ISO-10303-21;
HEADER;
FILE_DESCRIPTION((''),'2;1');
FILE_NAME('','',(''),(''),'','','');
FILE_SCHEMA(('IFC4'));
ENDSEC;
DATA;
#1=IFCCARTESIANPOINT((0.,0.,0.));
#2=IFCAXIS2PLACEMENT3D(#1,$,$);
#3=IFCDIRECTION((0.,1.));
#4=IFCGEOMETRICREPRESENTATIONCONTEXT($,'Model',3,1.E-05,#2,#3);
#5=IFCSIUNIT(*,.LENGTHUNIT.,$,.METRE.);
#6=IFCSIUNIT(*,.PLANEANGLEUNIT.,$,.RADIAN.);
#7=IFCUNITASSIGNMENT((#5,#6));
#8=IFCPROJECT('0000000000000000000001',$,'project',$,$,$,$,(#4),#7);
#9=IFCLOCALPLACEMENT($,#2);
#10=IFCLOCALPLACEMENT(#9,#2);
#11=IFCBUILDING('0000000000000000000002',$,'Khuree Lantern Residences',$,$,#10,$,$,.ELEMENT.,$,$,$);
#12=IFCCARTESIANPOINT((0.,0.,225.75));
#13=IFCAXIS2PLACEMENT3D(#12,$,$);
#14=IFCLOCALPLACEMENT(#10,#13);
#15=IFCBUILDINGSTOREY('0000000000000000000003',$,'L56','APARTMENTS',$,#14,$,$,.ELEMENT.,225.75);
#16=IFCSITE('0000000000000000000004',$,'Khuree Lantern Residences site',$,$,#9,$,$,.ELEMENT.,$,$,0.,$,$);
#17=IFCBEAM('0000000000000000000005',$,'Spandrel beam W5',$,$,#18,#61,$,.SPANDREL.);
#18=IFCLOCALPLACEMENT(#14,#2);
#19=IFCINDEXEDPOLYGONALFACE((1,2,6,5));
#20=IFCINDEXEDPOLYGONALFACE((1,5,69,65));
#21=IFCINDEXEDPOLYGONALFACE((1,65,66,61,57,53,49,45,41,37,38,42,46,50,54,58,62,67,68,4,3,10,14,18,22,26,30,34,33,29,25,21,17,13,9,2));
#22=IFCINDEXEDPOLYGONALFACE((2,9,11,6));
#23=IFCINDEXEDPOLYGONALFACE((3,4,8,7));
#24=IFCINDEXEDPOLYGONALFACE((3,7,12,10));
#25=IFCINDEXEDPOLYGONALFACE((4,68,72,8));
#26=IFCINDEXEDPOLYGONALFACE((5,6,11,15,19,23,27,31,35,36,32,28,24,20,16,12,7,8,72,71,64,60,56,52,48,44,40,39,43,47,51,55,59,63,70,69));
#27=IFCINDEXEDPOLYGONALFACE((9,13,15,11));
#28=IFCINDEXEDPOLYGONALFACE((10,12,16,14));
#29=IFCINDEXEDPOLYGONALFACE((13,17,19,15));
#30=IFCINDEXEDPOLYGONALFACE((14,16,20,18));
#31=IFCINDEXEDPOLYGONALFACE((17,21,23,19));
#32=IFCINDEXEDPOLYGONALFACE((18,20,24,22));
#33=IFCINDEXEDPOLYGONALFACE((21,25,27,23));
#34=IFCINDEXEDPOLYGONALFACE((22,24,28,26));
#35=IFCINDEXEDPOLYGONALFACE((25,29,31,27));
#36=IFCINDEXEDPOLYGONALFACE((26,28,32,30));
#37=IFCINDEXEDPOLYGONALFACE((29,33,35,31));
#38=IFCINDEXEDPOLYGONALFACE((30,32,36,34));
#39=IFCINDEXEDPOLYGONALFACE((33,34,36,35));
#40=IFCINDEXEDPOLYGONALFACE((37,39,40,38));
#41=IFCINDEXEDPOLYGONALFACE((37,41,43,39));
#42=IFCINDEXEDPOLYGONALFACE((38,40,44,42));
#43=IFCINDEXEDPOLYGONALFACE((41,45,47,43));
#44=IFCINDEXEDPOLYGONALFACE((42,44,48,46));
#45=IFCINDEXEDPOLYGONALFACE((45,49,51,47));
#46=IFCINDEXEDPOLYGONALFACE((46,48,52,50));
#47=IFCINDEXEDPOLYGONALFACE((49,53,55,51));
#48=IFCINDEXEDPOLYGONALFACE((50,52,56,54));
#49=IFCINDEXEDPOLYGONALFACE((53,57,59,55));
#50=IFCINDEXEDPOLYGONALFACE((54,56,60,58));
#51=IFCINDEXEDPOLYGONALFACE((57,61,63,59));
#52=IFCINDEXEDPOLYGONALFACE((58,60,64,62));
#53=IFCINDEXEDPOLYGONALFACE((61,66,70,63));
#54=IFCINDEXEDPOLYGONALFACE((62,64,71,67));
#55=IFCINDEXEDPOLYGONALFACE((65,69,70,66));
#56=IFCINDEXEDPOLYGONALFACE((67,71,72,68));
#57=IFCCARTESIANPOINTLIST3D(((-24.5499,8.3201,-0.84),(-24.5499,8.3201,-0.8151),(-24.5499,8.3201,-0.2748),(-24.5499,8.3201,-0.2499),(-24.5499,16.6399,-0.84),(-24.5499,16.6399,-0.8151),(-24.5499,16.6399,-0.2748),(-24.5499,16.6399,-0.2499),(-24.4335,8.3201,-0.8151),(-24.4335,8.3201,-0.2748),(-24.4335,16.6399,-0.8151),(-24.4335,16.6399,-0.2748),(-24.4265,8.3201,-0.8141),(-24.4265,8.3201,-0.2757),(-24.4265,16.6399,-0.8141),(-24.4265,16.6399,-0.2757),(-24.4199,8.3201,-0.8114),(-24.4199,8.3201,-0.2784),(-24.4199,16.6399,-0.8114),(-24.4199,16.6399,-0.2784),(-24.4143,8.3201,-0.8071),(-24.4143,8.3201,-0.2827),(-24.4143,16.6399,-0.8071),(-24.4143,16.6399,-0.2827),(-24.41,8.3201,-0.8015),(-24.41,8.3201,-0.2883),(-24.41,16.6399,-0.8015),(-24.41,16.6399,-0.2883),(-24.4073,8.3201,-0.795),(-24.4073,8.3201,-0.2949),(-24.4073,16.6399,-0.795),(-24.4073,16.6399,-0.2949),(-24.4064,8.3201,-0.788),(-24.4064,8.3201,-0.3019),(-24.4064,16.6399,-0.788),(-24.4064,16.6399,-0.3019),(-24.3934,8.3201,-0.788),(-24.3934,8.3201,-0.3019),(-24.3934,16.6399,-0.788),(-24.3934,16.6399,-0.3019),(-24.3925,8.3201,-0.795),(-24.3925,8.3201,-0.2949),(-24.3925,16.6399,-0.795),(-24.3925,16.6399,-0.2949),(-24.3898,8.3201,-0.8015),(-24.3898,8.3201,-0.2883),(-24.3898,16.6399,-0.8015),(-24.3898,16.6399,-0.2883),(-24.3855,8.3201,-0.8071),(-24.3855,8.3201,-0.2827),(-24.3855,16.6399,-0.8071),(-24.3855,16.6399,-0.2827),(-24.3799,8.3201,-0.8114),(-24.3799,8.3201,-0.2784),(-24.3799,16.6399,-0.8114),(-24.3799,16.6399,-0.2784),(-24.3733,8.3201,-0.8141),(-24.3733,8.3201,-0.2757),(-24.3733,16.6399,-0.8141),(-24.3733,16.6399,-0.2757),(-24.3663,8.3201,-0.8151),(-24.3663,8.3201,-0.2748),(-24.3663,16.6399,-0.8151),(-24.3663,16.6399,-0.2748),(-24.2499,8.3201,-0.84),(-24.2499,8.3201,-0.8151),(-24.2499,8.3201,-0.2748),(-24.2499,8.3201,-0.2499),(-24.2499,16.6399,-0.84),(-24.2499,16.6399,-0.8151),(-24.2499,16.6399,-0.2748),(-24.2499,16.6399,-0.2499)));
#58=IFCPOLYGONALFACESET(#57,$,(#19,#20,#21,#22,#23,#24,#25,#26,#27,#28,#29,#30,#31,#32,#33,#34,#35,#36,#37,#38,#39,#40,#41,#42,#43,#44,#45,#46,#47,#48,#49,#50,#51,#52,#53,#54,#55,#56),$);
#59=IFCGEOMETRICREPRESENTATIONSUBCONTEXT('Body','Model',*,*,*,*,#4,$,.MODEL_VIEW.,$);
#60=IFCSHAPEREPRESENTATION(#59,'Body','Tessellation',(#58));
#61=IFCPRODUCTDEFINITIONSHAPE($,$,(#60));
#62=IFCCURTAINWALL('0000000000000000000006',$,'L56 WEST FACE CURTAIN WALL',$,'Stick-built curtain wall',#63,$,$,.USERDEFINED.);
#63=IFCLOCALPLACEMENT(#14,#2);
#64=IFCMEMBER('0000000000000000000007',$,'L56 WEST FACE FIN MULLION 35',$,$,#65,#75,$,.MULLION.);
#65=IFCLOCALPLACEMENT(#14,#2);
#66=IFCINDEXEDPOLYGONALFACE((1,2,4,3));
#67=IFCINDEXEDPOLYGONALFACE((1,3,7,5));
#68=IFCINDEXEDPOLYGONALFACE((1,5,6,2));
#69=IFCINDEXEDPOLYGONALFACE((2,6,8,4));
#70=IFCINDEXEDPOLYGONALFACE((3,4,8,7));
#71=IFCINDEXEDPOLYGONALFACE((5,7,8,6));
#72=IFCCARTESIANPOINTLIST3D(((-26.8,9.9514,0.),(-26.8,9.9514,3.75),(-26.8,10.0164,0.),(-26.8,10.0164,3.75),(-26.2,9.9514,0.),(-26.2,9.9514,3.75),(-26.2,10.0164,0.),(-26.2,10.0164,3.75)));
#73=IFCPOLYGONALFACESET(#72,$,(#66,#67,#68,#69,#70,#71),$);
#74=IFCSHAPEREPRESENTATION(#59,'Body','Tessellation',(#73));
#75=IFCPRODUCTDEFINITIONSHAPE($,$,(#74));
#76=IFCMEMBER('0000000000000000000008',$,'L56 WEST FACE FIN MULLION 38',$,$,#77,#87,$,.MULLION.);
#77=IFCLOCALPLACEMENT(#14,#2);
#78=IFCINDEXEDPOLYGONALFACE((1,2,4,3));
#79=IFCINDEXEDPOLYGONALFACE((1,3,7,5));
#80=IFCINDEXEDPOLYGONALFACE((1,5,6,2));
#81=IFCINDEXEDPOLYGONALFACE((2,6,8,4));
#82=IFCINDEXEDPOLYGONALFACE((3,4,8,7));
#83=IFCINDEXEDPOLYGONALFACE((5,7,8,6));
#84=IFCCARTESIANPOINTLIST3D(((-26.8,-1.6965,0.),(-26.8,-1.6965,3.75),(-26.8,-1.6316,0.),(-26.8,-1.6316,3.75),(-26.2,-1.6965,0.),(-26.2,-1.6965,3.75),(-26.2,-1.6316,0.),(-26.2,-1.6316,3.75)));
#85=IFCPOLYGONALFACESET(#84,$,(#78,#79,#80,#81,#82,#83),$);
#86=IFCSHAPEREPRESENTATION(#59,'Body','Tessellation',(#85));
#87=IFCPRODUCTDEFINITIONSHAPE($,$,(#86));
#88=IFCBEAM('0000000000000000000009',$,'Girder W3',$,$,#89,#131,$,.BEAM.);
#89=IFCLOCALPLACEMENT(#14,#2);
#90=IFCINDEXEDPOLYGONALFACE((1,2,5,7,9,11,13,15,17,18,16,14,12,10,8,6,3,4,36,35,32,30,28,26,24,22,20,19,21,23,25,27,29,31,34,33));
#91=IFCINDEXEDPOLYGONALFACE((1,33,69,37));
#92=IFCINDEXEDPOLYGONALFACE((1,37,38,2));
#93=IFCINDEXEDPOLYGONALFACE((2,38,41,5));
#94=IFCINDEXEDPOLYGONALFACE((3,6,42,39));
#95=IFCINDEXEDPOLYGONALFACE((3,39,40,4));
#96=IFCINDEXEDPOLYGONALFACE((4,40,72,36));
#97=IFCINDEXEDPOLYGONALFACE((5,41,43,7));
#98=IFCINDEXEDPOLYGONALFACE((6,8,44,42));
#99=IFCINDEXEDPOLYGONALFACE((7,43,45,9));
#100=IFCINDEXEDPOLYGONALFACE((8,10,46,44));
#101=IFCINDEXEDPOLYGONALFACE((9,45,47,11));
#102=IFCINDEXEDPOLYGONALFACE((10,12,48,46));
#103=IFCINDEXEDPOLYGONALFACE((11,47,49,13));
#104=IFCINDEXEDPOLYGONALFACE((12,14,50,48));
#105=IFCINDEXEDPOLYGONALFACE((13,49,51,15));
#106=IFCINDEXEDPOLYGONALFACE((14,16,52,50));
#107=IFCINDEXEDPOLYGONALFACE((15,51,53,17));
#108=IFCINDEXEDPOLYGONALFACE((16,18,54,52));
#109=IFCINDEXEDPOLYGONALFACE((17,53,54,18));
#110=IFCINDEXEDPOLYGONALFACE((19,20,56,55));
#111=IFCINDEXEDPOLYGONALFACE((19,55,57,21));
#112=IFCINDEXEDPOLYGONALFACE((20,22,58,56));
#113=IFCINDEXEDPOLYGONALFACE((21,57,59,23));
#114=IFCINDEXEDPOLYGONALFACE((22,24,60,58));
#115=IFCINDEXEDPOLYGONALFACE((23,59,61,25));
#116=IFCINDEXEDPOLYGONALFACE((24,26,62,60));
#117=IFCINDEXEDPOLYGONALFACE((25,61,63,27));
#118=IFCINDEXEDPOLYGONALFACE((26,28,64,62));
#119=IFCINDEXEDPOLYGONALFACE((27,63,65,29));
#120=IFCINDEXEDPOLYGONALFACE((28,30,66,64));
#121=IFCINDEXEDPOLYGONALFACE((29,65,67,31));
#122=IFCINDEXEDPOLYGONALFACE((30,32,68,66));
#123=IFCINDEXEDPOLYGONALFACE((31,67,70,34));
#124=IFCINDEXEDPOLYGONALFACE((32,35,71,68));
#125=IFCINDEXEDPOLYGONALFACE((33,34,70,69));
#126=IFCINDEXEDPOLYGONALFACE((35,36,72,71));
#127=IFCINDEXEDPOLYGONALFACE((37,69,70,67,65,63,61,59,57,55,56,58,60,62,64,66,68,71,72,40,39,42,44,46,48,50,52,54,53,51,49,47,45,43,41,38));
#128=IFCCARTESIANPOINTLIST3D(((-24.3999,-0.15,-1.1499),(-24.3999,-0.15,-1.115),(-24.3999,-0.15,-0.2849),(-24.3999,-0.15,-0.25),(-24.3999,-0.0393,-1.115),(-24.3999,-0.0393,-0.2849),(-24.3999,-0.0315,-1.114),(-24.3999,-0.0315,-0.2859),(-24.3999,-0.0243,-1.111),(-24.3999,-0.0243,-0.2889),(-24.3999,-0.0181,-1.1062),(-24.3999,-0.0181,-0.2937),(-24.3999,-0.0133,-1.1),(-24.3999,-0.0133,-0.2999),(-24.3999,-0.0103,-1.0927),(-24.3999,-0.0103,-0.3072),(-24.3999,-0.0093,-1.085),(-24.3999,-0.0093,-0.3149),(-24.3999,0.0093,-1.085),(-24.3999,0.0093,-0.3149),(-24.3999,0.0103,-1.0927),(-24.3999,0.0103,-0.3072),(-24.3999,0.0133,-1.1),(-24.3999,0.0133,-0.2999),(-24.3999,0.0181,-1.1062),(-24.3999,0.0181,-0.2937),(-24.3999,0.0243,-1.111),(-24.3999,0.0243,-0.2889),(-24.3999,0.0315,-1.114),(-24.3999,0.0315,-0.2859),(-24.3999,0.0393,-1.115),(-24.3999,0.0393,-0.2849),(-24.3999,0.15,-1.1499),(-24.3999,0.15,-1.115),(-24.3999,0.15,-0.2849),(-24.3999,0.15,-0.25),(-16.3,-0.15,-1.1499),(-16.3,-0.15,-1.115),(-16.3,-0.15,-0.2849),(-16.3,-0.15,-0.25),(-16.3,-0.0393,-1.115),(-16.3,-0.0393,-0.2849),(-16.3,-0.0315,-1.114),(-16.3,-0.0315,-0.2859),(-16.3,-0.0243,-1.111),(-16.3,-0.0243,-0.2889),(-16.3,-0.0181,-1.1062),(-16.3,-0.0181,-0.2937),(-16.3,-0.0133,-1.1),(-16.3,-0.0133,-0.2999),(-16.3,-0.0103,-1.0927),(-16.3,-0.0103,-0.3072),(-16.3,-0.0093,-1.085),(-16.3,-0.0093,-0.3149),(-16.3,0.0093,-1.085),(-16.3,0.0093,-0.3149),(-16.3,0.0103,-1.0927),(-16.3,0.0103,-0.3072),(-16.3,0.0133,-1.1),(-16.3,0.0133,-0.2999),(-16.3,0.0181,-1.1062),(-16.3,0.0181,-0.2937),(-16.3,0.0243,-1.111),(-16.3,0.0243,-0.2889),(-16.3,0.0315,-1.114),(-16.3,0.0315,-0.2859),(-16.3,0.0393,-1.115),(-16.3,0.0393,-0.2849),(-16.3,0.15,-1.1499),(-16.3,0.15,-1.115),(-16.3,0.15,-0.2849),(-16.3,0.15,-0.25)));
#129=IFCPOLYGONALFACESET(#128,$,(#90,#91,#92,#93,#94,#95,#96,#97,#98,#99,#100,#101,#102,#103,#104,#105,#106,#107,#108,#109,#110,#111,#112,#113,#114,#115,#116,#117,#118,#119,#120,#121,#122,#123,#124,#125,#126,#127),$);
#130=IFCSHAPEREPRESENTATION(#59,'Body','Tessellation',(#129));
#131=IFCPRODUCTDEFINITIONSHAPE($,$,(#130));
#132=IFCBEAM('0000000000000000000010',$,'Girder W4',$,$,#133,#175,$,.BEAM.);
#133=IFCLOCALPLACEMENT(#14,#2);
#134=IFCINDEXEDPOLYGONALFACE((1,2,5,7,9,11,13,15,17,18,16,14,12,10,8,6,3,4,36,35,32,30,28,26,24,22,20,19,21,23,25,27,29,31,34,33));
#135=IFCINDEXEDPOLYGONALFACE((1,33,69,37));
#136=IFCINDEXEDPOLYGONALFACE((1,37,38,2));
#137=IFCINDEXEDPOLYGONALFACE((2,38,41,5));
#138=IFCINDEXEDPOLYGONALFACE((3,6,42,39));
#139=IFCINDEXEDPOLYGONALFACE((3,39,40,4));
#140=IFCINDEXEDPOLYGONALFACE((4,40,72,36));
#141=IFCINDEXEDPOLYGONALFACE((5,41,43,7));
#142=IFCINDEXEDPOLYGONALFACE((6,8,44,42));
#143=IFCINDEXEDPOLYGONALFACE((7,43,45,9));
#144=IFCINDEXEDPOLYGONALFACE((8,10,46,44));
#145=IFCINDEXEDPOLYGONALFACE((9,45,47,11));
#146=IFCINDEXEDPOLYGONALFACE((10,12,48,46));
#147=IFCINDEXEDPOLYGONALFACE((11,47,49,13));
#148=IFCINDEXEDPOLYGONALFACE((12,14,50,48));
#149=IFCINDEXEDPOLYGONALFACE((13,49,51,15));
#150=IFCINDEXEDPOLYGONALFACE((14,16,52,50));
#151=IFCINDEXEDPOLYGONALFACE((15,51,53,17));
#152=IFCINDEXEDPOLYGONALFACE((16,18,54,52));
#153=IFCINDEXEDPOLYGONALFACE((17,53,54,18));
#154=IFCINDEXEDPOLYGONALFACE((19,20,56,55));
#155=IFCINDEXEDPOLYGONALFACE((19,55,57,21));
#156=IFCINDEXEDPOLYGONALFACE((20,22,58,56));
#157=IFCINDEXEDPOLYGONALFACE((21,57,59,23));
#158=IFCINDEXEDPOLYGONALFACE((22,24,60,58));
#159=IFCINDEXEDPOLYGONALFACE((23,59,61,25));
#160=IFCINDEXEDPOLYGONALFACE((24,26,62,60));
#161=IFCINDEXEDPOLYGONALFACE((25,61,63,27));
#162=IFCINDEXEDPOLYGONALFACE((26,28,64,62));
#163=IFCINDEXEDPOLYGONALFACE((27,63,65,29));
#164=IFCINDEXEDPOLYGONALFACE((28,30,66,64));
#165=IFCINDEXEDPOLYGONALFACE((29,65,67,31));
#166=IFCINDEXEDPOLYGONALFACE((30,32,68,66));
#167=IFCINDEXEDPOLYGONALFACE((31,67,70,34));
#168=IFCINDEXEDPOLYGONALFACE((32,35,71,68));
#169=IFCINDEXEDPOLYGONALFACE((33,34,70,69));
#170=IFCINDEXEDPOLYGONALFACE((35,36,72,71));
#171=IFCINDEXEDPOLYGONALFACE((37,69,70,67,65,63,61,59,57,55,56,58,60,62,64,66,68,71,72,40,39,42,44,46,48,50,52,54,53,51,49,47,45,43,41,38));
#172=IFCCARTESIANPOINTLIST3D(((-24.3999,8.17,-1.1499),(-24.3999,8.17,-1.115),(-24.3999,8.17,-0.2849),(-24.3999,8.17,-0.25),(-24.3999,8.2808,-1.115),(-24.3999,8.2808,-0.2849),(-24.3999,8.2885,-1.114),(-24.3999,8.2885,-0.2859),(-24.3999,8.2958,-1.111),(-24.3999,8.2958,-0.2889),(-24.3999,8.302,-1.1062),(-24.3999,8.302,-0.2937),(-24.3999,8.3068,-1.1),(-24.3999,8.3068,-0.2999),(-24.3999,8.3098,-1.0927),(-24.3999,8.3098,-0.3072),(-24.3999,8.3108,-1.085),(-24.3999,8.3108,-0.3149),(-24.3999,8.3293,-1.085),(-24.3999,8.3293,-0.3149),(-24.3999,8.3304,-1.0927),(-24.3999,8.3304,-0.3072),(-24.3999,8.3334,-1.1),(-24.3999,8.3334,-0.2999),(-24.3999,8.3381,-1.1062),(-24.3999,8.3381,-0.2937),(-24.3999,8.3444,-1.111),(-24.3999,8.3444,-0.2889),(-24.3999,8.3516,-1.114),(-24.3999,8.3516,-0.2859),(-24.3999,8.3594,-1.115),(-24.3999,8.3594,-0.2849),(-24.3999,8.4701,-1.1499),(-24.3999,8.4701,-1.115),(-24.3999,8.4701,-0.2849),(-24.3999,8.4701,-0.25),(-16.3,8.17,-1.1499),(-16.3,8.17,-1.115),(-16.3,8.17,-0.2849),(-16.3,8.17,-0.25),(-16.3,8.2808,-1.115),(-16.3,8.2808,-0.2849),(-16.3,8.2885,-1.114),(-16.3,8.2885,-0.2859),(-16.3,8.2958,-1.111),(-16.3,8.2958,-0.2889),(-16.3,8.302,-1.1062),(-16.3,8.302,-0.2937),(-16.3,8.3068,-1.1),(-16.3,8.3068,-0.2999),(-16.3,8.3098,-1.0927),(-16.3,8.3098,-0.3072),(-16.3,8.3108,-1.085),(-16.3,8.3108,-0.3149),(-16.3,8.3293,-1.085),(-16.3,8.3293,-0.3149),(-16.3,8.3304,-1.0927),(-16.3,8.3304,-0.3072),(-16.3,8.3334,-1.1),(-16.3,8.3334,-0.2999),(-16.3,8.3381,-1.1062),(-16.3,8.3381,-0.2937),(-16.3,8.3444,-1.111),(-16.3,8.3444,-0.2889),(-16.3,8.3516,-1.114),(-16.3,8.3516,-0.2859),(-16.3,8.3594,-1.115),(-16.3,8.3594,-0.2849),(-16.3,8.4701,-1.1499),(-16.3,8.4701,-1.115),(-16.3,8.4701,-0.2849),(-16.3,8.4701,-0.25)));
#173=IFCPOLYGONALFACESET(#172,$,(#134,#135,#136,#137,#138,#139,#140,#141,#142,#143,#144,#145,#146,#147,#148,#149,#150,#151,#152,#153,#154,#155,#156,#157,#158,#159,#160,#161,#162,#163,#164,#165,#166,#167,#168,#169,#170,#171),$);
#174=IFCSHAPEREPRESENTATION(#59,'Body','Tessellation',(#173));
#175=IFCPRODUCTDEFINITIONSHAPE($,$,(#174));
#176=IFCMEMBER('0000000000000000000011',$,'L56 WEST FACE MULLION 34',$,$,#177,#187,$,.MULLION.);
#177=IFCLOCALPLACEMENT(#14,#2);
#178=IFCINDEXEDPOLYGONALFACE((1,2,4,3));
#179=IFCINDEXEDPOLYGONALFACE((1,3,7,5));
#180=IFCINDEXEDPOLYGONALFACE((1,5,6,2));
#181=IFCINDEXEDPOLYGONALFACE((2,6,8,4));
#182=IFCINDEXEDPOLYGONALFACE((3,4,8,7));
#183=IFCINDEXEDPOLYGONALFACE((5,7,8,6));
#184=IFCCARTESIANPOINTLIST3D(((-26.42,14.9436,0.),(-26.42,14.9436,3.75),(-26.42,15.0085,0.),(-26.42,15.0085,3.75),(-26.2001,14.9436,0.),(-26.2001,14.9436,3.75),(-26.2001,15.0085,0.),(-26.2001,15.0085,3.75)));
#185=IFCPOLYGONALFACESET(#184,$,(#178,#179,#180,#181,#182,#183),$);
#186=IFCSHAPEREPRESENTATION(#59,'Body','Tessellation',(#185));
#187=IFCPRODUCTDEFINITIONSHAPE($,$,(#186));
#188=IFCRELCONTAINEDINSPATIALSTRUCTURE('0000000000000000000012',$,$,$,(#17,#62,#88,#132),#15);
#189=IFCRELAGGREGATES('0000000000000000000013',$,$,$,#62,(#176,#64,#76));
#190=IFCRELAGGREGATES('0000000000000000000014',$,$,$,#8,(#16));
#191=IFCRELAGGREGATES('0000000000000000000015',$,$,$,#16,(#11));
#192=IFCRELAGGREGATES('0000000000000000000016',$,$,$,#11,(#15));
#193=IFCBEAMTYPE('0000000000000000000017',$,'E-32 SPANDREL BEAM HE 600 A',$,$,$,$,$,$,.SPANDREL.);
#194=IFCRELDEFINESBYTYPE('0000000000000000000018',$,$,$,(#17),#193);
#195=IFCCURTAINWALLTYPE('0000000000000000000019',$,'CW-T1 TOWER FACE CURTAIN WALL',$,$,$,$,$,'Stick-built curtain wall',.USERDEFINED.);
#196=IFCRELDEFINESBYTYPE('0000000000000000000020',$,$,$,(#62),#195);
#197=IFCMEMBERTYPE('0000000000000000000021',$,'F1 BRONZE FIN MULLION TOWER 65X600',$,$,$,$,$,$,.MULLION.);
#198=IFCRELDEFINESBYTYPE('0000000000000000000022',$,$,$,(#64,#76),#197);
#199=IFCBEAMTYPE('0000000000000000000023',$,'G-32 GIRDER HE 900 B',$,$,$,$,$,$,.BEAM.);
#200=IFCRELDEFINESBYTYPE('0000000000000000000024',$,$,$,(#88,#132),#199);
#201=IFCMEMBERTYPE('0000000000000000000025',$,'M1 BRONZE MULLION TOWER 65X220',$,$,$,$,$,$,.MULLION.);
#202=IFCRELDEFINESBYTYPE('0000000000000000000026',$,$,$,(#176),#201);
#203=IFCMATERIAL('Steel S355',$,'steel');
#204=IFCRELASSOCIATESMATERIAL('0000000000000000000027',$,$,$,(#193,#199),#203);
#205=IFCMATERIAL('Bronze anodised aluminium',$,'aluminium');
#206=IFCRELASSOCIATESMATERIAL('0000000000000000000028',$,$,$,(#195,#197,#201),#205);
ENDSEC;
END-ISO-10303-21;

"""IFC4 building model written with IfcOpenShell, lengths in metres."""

from ifc_helpers import new_model, si_unit, direction, frame, origin, origin_2d, place, context, subcontext, project, spatial, rectangle, i_section, extrude, material, material_profile, profile_set, type_object, element, aggregate, save


model = new_model("IFC4")

# Units and contexts
model_context = context("Model", 3, precision=1e-05, world=origin(), true_north=direction((0.0, 1.0)))
body_context = subcontext(model_context, "Body", "Model", "MODEL_VIEW")
ifc_project = project(units=[si_unit("LENGTHUNIT", "METRE"), si_unit("PLANEANGLEUNIT", "RADIAN")], contexts=[model_context])

# Site, building, storey
site_placement = place(None, origin())
site = spatial("IfcSite", under=ifc_project, at=site_placement, Name="Khuree Lantern Residences site", CompositionType="ELEMENT", RefElevation=0.0)
building_placement = place(site_placement, origin())
building = spatial("IfcBuilding", under=site, at=building_placement, Name="Khuree Lantern Residences", CompositionType="ELEMENT")
storey_placement = place(building_placement, frame((0.0, 0.0, 225.75)))
storey = spatial("IfcBuildingStorey", under=building, at=storey_placement, Name="L56", Description="APARTMENTS", CompositionType="ELEMENT", Elevation=225.75)

# Beam
ifc_material_1 = material(Name="Steel S355", Category="steel")
ifc_material_profile_1 = material_profile(ifc_material_1, i_section(OverallWidth=0.3, OverallDepth=0.5901, WebThickness=0.0129, FlangeThickness=0.0249, FilletRadius=0.0271, at=origin_2d()), Name="HE 600 A")
ifc_profile_set_1 = profile_set([ifc_material_profile_1], Name="Steel S355")
beam_type_1 = type_object("IfcBeamType", Name="E-32 SPANDREL BEAM HE 600 A", PredefinedType="SPANDREL", material=ifc_profile_set_1)
beam_1_placement = place(storey_placement, frame((-24.3999, 8.3201, -0.5449), z_axis=(0.0, 1.0, 0.0), x_axis=(-1.0, 0.0, 0.0)))
element("IfcBeam", 1, at=beam_1_placement, inside=storey, type_object=beam_type_1, Name="Spandrel beam W5", PredefinedType="SPANDREL", context=body_context, shape_type="SweptSolid", body=[
    extrude(i_section(OverallWidth=0.3, OverallDepth=0.5901, WebThickness=0.0129, FlangeThickness=0.0249, FilletRadius=0.0271, at=origin_2d()), origin(), (0.0, 0.0, 1.0), 8.3198),
])

# Curtain wall, members
ifc_material_2 = material(Name="Bronze anodised aluminium", Category="aluminium")
curtain_wall_type = type_object("IfcCurtainWallType", Name="CW-T1 TOWER FACE CURTAIN WALL", ElementType="Stick-built curtain wall", PredefinedType="USERDEFINED", material=ifc_material_2)
curtain_wall_placement = place(storey_placement, origin())
curtain_wall = element("IfcCurtainWall", 2, at=curtain_wall_placement, inside=storey, type_object=curtain_wall_type, Name="L56 WEST FACE CURTAIN WALL", ObjectType="Stick-built curtain wall", PredefinedType="USERDEFINED")
ifc_material_profile_2 = material_profile(ifc_material_2, rectangle(XDim=0.0649, YDim=0.6001, at=origin_2d()), Name="F1 65X600")
ifc_profile_set_2 = profile_set([ifc_material_profile_2], Name="Bronze anodised aluminium")
member_type_1 = type_object("IfcMemberType", Name="F1 BRONZE FIN MULLION TOWER 65X600", PredefinedType="MULLION", material=ifc_profile_set_2)
member_1_placement = place(storey_placement, frame((-26.5, 9.9839, 0.0), z_axis=(0.0, 0.0, 1.0), x_axis=(0.0, -1.0, 0.0)))
member_1 = element("IfcMember", 3, at=member_1_placement, type_object=member_type_1, Name="L56 WEST FACE FIN MULLION 35", PredefinedType="MULLION", context=body_context, shape_type="SweptSolid", body=[
    extrude(rectangle(XDim=0.0649, YDim=0.6001, at=origin_2d()), origin(), (0.0, 0.0, 1.0), 3.75),
])
member_2_placement = place(storey_placement, frame((-26.5, -1.6641, 0.0), z_axis=(0.0, 0.0, 1.0), x_axis=(0.0, -1.0, 0.0)))
member_2 = element("IfcMember", 4, at=member_2_placement, type_object=member_type_1, Name="L56 WEST FACE FIN MULLION 38", PredefinedType="MULLION", context=body_context, shape_type="SweptSolid", body=[
    extrude(rectangle(XDim=0.0649, YDim=0.6001, at=origin_2d()), origin(), (0.0, 0.0, 1.0), 3.75),
])

# Beams
ifc_material_profile_3 = material_profile(ifc_material_1, i_section(OverallWidth=0.3, OverallDepth=0.8999, WebThickness=0.0186, FlangeThickness=0.0349, FilletRadius=0.03, at=origin_2d()), Name="HE 900 B")
ifc_profile_set_3 = profile_set([ifc_material_profile_3], Name="Steel S355")
beam_type_2 = type_object("IfcBeamType", Name="G-32 GIRDER HE 900 B", PredefinedType="BEAM", material=ifc_profile_set_3)
for number, where, z_axis, x_axis, name in (
    (5, (-24.3999, 0.0, -0.7), (1.0, 0.0, 0.0), (0.0, 1.0, 0.0), "Girder W3"),
    (6, (-24.3999, 8.3201, -0.7), (1.0, 0.0, 0.0), (0.0, 1.0, 0.0), "Girder W4"),
):
    element("IfcBeam", number, at=place(storey_placement, frame(where, z_axis=z_axis, x_axis=x_axis)), inside=storey, type_object=beam_type_2, Name=name, PredefinedType="BEAM", context=body_context, shape_type="SweptSolid", body=[
        extrude(i_section(OverallWidth=0.3, OverallDepth=0.8999, WebThickness=0.0186, FlangeThickness=0.0349, FilletRadius=0.03, at=origin_2d()), origin(), (0.0, 0.0, 1.0), 8.0999),
    ])

# Member
ifc_material_profile_4 = material_profile(ifc_material_2, rectangle(XDim=0.0649, YDim=0.22, at=origin_2d()), Name="M1 65X220")
ifc_profile_set_4 = profile_set([ifc_material_profile_4], Name="Bronze anodised aluminium")
member_type_2 = type_object("IfcMemberType", Name="M1 BRONZE MULLION TOWER 65X220", PredefinedType="MULLION", material=ifc_profile_set_4)
member_3_placement = place(storey_placement, frame((-26.3101, 14.9761, 0.0), z_axis=(0.0, 0.0, 1.0), x_axis=(0.0, -1.0, 0.0)))
member_3 = element("IfcMember", 7, at=member_3_placement, type_object=member_type_2, Name="L56 WEST FACE MULLION 34", PredefinedType="MULLION", context=body_context, shape_type="SweptSolid", body=[
    extrude(rectangle(XDim=0.0649, YDim=0.22, at=origin_2d()), origin(), (0.0, 0.0, 1.0), 3.75),
])

aggregate(curtain_wall, [member_3, member_1, member_2])

save(model, "model.ifc")
